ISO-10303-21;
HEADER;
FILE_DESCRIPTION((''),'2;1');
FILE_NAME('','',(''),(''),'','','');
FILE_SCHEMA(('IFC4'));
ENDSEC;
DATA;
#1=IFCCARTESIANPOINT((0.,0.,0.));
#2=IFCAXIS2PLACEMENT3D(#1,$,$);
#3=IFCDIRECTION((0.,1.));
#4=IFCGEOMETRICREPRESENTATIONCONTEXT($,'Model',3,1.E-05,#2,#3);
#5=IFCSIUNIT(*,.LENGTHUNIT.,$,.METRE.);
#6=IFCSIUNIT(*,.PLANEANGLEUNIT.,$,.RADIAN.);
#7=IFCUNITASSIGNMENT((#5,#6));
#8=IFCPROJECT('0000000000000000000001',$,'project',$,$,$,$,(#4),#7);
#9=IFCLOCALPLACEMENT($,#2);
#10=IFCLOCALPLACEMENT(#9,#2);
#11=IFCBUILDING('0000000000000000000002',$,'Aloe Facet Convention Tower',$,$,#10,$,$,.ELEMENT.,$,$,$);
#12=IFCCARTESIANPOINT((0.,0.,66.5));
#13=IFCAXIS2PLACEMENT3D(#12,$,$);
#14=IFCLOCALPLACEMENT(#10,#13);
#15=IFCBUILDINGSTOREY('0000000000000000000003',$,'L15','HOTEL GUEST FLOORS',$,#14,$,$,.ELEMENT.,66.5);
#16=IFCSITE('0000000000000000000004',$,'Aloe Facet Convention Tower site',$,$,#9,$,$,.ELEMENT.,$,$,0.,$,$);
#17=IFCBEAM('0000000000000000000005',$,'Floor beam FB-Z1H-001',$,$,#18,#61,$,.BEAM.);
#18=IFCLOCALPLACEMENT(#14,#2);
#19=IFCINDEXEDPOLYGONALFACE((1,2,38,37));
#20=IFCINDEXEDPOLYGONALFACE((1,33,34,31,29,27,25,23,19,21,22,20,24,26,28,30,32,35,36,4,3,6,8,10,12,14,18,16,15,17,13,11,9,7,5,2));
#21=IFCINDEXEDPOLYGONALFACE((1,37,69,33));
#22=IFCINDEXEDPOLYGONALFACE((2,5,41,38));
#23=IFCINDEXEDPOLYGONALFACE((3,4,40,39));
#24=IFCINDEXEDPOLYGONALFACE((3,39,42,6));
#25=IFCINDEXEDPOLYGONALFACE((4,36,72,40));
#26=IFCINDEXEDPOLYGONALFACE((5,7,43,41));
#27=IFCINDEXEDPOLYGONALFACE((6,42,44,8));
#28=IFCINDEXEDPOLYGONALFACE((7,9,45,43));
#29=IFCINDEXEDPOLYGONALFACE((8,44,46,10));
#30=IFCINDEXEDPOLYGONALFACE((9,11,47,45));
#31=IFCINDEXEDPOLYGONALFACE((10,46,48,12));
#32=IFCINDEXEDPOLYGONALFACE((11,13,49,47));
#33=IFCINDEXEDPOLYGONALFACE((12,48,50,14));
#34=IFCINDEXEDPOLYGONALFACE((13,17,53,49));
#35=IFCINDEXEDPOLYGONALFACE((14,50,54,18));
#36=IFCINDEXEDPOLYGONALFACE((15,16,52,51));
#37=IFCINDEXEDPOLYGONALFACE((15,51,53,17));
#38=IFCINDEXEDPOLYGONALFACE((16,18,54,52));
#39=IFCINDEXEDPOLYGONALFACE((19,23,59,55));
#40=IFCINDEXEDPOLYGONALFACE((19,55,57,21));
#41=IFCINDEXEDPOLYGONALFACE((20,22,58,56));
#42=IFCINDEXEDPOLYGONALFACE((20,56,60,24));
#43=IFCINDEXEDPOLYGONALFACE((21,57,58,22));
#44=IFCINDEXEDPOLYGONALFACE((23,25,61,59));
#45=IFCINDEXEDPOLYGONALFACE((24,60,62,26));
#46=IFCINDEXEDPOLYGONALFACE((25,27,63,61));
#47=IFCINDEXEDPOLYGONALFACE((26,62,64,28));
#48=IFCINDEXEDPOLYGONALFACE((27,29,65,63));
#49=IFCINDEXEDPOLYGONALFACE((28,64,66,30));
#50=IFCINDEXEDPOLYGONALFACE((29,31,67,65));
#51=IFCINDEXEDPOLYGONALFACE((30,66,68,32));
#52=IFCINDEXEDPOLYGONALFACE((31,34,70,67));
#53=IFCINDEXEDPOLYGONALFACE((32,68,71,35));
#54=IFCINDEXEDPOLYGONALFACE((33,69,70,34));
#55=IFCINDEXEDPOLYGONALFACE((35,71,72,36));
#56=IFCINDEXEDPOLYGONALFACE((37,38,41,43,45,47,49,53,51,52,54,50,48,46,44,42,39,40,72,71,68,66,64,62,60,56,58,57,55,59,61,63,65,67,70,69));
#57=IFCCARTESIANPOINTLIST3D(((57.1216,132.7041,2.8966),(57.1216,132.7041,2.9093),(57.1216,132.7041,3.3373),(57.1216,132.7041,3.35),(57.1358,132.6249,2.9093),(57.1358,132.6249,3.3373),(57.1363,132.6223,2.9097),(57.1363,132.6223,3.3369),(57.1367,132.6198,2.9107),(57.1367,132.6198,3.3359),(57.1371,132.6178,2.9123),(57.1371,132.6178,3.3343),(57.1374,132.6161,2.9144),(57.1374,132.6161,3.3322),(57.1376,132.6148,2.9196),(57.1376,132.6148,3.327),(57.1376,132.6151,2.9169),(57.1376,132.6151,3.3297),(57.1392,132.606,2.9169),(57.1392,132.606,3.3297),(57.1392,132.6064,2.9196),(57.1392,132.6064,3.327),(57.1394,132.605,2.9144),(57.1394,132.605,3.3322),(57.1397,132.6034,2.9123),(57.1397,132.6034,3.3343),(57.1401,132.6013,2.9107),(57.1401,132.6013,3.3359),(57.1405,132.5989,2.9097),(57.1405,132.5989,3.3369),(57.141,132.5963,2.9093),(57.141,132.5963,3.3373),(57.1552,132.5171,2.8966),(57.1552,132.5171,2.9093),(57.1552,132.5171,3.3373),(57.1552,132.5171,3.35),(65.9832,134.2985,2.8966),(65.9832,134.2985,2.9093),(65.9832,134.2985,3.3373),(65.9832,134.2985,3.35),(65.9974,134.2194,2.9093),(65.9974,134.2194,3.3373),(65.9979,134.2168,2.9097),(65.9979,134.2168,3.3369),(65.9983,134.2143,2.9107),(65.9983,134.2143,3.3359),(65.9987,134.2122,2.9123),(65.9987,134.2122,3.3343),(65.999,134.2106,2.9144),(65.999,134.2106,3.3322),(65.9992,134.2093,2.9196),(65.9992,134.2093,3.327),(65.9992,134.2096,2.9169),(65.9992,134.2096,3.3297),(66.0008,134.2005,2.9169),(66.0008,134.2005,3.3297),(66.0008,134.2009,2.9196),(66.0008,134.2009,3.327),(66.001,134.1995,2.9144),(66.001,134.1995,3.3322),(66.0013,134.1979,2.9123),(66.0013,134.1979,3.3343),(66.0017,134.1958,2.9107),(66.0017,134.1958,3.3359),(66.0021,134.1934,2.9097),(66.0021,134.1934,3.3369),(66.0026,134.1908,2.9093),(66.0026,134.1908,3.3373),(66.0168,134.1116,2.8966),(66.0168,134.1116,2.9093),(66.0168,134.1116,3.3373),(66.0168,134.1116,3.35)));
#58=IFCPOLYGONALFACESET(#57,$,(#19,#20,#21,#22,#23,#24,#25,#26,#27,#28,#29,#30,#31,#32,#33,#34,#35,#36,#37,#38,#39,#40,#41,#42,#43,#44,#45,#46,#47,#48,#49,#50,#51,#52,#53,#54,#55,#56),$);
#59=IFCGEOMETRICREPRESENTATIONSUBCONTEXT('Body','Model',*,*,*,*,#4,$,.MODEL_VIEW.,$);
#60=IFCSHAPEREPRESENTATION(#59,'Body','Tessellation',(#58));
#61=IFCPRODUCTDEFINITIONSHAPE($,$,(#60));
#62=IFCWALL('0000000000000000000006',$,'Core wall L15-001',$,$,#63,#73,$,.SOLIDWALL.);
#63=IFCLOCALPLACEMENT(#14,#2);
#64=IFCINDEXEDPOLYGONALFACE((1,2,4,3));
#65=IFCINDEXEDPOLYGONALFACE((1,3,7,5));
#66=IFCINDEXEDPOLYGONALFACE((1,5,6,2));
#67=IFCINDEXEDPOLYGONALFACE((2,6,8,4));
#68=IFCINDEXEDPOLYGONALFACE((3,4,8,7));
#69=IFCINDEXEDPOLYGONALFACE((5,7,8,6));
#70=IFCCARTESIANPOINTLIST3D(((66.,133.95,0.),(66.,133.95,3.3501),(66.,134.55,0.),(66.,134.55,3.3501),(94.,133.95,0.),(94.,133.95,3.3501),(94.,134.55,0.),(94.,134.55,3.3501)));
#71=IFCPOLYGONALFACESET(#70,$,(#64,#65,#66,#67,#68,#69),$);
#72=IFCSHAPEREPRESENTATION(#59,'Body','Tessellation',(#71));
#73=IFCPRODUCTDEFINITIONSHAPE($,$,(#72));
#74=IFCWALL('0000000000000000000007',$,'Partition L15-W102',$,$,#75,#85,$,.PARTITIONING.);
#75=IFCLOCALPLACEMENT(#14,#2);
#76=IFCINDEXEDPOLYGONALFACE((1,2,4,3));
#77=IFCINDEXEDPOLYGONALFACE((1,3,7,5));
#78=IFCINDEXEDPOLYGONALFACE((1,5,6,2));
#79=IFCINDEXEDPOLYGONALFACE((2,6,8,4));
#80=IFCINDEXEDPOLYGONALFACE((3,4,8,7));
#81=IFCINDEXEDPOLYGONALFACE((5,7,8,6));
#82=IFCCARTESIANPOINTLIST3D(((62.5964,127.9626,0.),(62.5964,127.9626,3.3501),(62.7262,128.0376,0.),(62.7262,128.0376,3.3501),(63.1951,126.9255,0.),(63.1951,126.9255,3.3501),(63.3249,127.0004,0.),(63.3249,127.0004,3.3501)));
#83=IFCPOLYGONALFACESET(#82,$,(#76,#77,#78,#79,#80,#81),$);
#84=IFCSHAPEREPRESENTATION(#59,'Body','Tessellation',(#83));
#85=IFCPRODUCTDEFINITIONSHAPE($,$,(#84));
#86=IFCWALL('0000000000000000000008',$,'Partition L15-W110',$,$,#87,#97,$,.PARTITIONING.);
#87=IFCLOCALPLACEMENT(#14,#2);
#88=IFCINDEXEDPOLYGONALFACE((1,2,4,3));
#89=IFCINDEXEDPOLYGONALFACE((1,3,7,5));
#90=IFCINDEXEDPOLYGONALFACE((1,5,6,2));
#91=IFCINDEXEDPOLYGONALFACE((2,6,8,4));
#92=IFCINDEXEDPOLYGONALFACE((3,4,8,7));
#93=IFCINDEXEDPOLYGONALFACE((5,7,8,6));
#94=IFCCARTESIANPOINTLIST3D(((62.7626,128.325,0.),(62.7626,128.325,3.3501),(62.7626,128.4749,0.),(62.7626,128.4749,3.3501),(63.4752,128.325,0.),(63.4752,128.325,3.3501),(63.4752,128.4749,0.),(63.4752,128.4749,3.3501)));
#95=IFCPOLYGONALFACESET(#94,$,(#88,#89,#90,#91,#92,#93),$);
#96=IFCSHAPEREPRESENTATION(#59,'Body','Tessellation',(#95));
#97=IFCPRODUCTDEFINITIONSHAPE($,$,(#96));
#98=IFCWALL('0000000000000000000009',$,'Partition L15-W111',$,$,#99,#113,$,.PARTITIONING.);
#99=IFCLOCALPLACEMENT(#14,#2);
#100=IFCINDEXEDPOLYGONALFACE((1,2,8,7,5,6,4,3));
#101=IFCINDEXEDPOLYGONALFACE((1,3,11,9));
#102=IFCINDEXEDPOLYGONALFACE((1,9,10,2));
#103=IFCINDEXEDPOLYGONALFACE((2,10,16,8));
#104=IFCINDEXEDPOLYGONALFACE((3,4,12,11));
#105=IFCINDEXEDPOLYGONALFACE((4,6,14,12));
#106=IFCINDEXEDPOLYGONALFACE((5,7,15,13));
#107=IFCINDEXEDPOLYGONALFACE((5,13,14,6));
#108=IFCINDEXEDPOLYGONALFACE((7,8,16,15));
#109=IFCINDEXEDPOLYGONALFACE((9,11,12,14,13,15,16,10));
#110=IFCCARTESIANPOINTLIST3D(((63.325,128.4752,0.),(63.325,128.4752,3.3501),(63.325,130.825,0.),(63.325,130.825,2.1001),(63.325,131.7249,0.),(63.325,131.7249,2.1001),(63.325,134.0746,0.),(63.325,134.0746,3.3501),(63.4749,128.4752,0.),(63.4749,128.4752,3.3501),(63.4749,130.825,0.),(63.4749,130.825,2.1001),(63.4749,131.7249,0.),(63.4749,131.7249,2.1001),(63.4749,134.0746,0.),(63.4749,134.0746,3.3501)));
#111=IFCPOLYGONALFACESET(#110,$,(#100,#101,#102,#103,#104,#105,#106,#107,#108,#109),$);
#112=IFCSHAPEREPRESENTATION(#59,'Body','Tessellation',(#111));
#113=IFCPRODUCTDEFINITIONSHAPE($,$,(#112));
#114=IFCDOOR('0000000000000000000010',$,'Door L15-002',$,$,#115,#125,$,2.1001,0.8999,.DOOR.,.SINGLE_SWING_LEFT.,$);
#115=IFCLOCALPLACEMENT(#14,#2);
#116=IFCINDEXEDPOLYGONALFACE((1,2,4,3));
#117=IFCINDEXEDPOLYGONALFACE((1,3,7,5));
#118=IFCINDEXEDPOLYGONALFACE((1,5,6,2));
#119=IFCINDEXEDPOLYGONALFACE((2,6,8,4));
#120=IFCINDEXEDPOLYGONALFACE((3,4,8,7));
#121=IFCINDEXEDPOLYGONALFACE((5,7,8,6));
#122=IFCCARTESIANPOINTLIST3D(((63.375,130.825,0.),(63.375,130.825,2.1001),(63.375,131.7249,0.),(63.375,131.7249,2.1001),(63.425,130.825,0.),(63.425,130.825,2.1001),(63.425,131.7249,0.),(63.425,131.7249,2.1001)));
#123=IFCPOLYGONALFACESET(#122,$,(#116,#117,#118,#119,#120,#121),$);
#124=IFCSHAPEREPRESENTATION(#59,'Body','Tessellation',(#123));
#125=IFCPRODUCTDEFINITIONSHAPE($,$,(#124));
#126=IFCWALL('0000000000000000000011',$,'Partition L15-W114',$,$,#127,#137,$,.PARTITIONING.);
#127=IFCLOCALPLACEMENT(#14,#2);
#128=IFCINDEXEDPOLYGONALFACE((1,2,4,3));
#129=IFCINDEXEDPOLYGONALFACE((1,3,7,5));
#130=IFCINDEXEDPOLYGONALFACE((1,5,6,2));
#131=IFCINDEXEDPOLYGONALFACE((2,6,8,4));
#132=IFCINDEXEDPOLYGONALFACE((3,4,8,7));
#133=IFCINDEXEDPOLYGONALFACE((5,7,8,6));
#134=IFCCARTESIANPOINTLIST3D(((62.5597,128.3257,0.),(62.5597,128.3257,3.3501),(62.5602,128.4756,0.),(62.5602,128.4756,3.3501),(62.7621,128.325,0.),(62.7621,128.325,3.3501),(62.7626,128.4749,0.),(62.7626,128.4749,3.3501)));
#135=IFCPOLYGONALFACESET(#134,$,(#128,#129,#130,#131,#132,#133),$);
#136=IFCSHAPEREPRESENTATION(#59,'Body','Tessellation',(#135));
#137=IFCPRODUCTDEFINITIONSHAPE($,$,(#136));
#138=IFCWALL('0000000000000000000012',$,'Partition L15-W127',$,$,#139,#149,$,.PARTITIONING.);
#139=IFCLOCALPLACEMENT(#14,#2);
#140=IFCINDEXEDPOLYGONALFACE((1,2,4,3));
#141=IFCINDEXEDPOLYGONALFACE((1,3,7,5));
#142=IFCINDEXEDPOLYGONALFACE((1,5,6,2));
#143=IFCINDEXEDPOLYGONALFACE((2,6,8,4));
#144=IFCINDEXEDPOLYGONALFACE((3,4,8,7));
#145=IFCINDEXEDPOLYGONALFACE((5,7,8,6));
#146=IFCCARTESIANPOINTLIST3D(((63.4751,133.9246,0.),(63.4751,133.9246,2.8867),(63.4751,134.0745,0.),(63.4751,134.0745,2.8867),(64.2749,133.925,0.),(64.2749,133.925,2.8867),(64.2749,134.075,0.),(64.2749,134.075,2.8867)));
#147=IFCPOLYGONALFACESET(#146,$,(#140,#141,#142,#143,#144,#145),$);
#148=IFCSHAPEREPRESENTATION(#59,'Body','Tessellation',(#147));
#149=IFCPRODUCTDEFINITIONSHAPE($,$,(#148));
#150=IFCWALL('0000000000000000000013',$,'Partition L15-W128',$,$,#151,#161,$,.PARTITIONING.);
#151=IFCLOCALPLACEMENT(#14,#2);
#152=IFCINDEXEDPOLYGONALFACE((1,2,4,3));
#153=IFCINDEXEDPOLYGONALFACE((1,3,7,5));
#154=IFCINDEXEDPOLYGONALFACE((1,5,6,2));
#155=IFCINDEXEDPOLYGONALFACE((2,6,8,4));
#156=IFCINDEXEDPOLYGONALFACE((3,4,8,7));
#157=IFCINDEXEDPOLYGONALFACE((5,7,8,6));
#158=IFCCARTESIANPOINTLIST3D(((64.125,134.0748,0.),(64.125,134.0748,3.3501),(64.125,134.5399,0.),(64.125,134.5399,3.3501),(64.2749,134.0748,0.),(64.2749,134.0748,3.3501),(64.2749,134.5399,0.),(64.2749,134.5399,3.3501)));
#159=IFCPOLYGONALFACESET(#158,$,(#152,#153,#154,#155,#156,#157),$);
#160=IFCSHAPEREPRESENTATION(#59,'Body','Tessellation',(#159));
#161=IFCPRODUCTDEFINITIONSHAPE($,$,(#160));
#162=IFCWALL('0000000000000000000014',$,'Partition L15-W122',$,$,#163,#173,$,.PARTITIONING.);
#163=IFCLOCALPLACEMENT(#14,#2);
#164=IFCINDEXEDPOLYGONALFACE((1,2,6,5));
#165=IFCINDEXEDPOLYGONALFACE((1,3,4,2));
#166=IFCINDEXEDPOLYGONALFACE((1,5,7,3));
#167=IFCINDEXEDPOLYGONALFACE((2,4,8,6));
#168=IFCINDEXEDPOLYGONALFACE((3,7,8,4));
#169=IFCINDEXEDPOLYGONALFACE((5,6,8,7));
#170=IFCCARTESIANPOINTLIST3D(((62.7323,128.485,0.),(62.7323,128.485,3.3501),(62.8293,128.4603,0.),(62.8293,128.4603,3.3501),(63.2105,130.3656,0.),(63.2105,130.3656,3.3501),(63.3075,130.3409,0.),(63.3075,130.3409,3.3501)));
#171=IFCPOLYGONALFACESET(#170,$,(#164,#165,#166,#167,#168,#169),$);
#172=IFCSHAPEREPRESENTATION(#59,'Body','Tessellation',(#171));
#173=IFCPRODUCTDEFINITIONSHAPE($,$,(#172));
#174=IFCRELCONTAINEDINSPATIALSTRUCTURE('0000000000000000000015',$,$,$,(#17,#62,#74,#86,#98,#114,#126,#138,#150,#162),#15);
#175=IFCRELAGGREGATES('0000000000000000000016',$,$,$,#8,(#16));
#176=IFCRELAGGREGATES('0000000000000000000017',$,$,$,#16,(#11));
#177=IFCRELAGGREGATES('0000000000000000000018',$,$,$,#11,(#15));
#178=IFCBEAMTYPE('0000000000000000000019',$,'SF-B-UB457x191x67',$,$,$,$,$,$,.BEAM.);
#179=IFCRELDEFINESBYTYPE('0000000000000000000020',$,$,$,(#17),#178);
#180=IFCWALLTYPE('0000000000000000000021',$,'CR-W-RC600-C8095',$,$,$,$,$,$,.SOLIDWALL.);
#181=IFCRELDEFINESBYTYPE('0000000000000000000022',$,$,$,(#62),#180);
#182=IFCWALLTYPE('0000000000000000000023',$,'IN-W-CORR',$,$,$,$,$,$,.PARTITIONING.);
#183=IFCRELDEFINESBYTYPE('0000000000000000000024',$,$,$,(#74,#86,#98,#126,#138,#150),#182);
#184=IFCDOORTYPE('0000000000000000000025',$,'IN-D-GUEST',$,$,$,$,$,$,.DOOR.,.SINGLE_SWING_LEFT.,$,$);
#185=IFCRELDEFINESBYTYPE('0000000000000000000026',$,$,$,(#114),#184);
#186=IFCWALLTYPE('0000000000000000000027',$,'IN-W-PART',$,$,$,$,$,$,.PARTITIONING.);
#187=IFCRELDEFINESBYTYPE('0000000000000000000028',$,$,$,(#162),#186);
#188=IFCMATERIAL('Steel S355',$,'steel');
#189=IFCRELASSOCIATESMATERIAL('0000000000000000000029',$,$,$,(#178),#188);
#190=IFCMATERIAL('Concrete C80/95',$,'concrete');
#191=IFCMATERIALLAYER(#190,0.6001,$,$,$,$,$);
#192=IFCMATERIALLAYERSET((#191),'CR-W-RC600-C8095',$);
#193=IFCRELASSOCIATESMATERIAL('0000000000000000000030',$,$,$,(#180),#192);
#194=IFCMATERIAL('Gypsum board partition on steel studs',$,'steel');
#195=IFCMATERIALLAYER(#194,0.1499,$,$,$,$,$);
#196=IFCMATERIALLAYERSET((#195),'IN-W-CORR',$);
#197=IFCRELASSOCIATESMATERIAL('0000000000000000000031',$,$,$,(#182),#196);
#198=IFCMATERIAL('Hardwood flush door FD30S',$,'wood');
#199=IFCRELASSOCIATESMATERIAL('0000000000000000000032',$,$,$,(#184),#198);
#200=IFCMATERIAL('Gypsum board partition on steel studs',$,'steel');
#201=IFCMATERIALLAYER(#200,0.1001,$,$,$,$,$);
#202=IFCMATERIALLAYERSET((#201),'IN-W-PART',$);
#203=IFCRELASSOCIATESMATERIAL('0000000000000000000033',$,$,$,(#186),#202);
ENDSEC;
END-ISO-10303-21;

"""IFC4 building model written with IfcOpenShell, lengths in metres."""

from ifc_helpers import new_model, si_unit, direction, frame, frame_2d, origin, origin_2d, place, context, subcontext, project, spatial, rectangle, i_section, extrude, material, layer, layer_set, material_profile, profile_set, type_object, element, fill, save


model = new_model("IFC4")

# Units and contexts
model_context = context("Model", 3, precision=1e-05, world=origin(), true_north=direction((0.0, 1.0)))
body_context = subcontext(model_context, "Body", "Model", "MODEL_VIEW")
ifc_project = project(units=[si_unit("LENGTHUNIT", "METRE"), si_unit("PLANEANGLEUNIT", "RADIAN")], contexts=[model_context])

# Site, building, storey
site_placement = place(None, origin())
site = spatial("IfcSite", under=ifc_project, at=site_placement, Name="Aloe Facet Convention Tower site", CompositionType="ELEMENT", RefElevation=0.0)
building_placement = place(site_placement, origin())
building = spatial("IfcBuilding", under=site, at=building_placement, Name="Aloe Facet Convention Tower", CompositionType="ELEMENT")
storey_placement = place(building_placement, frame((0.0, 0.0, 66.5)))
storey = spatial("IfcBuildingStorey", under=building, at=storey_placement, Name="L15", Description="HOTEL GUEST FLOORS", CompositionType="ELEMENT", Elevation=66.5)

# Beam
ifc_material_1 = material(Name="Steel S355", Category="steel")
ifc_material_profile = material_profile(ifc_material_1, i_section(OverallWidth=0.1899, OverallDepth=0.4534, WebThickness=0.0085, FlangeThickness=0.0127, FilletRadius=0.0103, at=origin_2d()), Name="UB 457x191x67")
ifc_profile_set = profile_set([ifc_material_profile], Name="Steel S355")
beam_type = type_object("IfcBeamType", Name="SF-B-UB457x191x67", PredefinedType="BEAM", material=ifc_profile_set)
beam_placement = place(storey_placement, frame((66.0, 134.2051, 3.1233), z_axis=(-0.984195, -0.177088, 0.0), x_axis=(0.177088, -0.984195, 0.0)))
element("IfcBeam", 1, at=beam_placement, inside=storey, type_object=beam_type, Name="Floor beam FB-Z1H-001", PredefinedType="BEAM", context=body_context, shape_type="SweptSolid", body=[
    extrude(i_section(OverallWidth=0.1899, OverallDepth=0.4534, WebThickness=0.0085, FlangeThickness=0.0127, FilletRadius=0.0103, at=origin_2d()), origin(), (0.0, 0.0, 1.0), 9.0039),
])

# Walls
ifc_material_2 = material(Name="Concrete C80/95", Category="concrete")
ifc_layer_1 = layer(ifc_material_2, 0.6001)
ifc_layer_set_1 = layer_set([ifc_layer_1], Name="CR-W-RC600-C8095")
wall_type_1 = type_object("IfcWallType", Name="CR-W-RC600-C8095", PredefinedType="SOLIDWALL", material=ifc_layer_set_1)
wall_1_placement = place(storey_placement, frame((66.0, 134.25, 0.0), z_axis=(0.0, 0.0, 1.0), x_axis=(1.0, 0.0, 0.0)))
element("IfcWall", 2, at=wall_1_placement, inside=storey, type_object=wall_type_1, Name="Core wall L15-001", PredefinedType="SOLIDWALL", context=body_context, shape_type="SweptSolid", body=[
    extrude(rectangle(XDim=28.0, YDim=0.6001, at=frame_2d((14.0, 0.0))), origin(), (0.0, 0.0, 1.0), 3.3501),
])
ifc_material_3 = material(Name="Gypsum board partition on steel studs", Category="steel")
ifc_layer_2 = layer(ifc_material_3, 0.1499)
ifc_layer_set_2 = layer_set([ifc_layer_2], Name="IN-W-CORR")
wall_type_2 = type_object("IfcWallType", Name="IN-W-CORR", PredefinedType="PARTITIONING", material=ifc_layer_set_2)
wall_2_placement = place(storey_placement, frame((62.6614, 128.0, 0.0), z_axis=(0.0, 0.0, 1.0), x_axis=(0.499911, -0.866077, 0.0)))
element("IfcWall", 3, at=wall_2_placement, inside=storey, type_object=wall_type_2, Name="Partition L15-W102", PredefinedType="PARTITIONING", context=body_context, shape_type="SweptSolid", body=[
    extrude(rectangle(XDim=1.1975, YDim=0.1499, at=frame_2d((0.5986, 0.0))), origin(), (0.0, 0.0, 1.0), 3.3501),
])
wall_3_placement = place(storey_placement, frame((62.7625, 128.3999, 0.0), z_axis=(0.0, 0.0, 1.0), x_axis=(1.0, 0.0, 0.0)))
element("IfcWall", 4, at=wall_3_placement, inside=storey, type_object=wall_type_2, Name="Partition L15-W110", PredefinedType="PARTITIONING", context=body_context, shape_type="SweptSolid", body=[
    extrude(rectangle(XDim=0.7126, YDim=0.1499, at=frame_2d((0.3564, 0.0))), origin(), (0.0, 0.0, 1.0), 3.3501),
])

# Wall, opening, door
wall_4_placement = place(storey_placement, frame((63.3999, 128.4751, 0.0), z_axis=(0.0, 0.0, 1.0), x_axis=(0.0, 1.0, 0.0)))
wall_4 = element("IfcWall", 5, at=wall_4_placement, inside=storey, type_object=wall_type_2, Name="Partition L15-W111", PredefinedType="PARTITIONING", context=body_context, shape_type="SweptSolid", body=[
    extrude(rectangle(XDim=5.5994, YDim=0.1499, at=frame_2d((2.7998, 0.0))), origin(), (0.0, 0.0, 1.0), 3.3501),
])
opening_placement = place(wall_4_placement, frame((2.3499, 0.0, 0.0)))
opening = element("IfcOpeningElement", 6, at=opening_placement, cuts=wall_4, PredefinedType="OPENING", context=body_context, shape_type="SweptSolid", body=[
    extrude(rectangle(XDim=0.8999, YDim=2.1001, at=frame_2d((0.45, 1.05))), frame((0.0, 0.085, 0.0), z_axis=(0.0, -1.0, 0.0), x_axis=(1.0, 0.0, 0.0)), (0.0, 0.0, 1.0), 0.1699),
])
ifc_material_4 = material(Name="Hardwood flush door FD30S", Category="wood")
door_type = type_object("IfcDoorType", Name="IN-D-GUEST", OperationType="SINGLE_SWING_LEFT", PredefinedType="DOOR", material=ifc_material_4)
door_placement = place(opening_placement, origin())
door = element("IfcDoor", 7, at=door_placement, inside=storey, type_object=door_type, Name="Door L15-002", OperationType="SINGLE_SWING_LEFT", OverallHeight=2.1001, OverallWidth=0.8999, PredefinedType="DOOR", context=body_context, shape_type="SweptSolid", body=[
    extrude(rectangle(XDim=0.8999, YDim=2.1001, at=frame_2d((0.45, 1.05))), frame((0.0, 0.0249, 0.0), z_axis=(0.0, -1.0, 0.0), x_axis=(1.0, 0.0, 0.0)), (0.0, 0.0, 1.0), 0.05),
])
fill(opening, door)

# Walls
wall_5_placement = place(storey_placement, frame((62.5601, 128.4006, 0.0), z_axis=(0.0, 0.0, 1.0), x_axis=(0.999993, -0.003619, 0.0)))
element("IfcWall", 8, at=wall_5_placement, inside=storey, type_object=wall_type_2, Name="Partition L15-W114", PredefinedType="PARTITIONING", context=body_context, shape_type="SweptSolid", body=[
    extrude(rectangle(XDim=0.2024, YDim=0.1499, at=frame_2d((0.1011, 0.0))), origin(), (0.0, 0.0, 1.0), 3.3501),
])
wall_6_placement = place(storey_placement, frame((63.4751, 133.9995, 0.0), z_axis=(0.0, 0.0, 1.0), x_axis=(1.0, 0.000611, 0.0)))
element("IfcWall", 9, at=wall_6_placement, inside=storey, type_object=wall_type_2, Name="Partition L15-W127", PredefinedType="PARTITIONING", context=body_context, shape_type="SweptSolid", body=[
    extrude(rectangle(XDim=0.7998, YDim=0.1499, at=frame_2d((0.3999, 0.0))), origin(), (0.0, 0.0, 1.0), 2.8867),
])
wall_7_placement = place(storey_placement, frame((64.2, 134.075, 0.0), z_axis=(0.0, 0.0, 1.0), x_axis=(0.0, 1.0, 0.0)))
element("IfcWall", 10, at=wall_7_placement, inside=storey, type_object=wall_type_2, Name="Partition L15-W128", PredefinedType="PARTITIONING", context=body_context, shape_type="SweptSolid", body=[
    extrude(rectangle(XDim=0.4651, YDim=0.1499, at=frame_2d((0.2324, 0.0))), origin(), (0.0, 0.0, 1.0), 3.3501),
])
ifc_material_5 = material(Name="Gypsum board partition on steel studs", Category="steel")
ifc_layer_3 = layer(ifc_material_5, 0.1001)
ifc_layer_set_3 = layer_set([ifc_layer_3], Name="IN-W-PART")
wall_type_3 = type_object("IfcWallType", Name="IN-W-PART", PredefinedType="PARTITIONING", material=ifc_layer_set_3)
wall_8_placement = place(storey_placement, frame((62.7808, 128.4727, 0.0), z_axis=(0.0, 0.0, 1.0), x_axis=(0.246471, 0.96915, 0.0)))
element("IfcWall", 11, at=wall_8_placement, inside=storey, type_object=wall_type_3, Name="Partition L15-W122", PredefinedType="PARTITIONING", context=body_context, shape_type="SweptSolid", body=[
    extrude(rectangle(XDim=1.9404, YDim=0.1001, at=frame_2d((0.9702, 0.0))), origin(), (0.0, 0.0, 1.0), 3.3501),
])

save(model, "model.ifc")
